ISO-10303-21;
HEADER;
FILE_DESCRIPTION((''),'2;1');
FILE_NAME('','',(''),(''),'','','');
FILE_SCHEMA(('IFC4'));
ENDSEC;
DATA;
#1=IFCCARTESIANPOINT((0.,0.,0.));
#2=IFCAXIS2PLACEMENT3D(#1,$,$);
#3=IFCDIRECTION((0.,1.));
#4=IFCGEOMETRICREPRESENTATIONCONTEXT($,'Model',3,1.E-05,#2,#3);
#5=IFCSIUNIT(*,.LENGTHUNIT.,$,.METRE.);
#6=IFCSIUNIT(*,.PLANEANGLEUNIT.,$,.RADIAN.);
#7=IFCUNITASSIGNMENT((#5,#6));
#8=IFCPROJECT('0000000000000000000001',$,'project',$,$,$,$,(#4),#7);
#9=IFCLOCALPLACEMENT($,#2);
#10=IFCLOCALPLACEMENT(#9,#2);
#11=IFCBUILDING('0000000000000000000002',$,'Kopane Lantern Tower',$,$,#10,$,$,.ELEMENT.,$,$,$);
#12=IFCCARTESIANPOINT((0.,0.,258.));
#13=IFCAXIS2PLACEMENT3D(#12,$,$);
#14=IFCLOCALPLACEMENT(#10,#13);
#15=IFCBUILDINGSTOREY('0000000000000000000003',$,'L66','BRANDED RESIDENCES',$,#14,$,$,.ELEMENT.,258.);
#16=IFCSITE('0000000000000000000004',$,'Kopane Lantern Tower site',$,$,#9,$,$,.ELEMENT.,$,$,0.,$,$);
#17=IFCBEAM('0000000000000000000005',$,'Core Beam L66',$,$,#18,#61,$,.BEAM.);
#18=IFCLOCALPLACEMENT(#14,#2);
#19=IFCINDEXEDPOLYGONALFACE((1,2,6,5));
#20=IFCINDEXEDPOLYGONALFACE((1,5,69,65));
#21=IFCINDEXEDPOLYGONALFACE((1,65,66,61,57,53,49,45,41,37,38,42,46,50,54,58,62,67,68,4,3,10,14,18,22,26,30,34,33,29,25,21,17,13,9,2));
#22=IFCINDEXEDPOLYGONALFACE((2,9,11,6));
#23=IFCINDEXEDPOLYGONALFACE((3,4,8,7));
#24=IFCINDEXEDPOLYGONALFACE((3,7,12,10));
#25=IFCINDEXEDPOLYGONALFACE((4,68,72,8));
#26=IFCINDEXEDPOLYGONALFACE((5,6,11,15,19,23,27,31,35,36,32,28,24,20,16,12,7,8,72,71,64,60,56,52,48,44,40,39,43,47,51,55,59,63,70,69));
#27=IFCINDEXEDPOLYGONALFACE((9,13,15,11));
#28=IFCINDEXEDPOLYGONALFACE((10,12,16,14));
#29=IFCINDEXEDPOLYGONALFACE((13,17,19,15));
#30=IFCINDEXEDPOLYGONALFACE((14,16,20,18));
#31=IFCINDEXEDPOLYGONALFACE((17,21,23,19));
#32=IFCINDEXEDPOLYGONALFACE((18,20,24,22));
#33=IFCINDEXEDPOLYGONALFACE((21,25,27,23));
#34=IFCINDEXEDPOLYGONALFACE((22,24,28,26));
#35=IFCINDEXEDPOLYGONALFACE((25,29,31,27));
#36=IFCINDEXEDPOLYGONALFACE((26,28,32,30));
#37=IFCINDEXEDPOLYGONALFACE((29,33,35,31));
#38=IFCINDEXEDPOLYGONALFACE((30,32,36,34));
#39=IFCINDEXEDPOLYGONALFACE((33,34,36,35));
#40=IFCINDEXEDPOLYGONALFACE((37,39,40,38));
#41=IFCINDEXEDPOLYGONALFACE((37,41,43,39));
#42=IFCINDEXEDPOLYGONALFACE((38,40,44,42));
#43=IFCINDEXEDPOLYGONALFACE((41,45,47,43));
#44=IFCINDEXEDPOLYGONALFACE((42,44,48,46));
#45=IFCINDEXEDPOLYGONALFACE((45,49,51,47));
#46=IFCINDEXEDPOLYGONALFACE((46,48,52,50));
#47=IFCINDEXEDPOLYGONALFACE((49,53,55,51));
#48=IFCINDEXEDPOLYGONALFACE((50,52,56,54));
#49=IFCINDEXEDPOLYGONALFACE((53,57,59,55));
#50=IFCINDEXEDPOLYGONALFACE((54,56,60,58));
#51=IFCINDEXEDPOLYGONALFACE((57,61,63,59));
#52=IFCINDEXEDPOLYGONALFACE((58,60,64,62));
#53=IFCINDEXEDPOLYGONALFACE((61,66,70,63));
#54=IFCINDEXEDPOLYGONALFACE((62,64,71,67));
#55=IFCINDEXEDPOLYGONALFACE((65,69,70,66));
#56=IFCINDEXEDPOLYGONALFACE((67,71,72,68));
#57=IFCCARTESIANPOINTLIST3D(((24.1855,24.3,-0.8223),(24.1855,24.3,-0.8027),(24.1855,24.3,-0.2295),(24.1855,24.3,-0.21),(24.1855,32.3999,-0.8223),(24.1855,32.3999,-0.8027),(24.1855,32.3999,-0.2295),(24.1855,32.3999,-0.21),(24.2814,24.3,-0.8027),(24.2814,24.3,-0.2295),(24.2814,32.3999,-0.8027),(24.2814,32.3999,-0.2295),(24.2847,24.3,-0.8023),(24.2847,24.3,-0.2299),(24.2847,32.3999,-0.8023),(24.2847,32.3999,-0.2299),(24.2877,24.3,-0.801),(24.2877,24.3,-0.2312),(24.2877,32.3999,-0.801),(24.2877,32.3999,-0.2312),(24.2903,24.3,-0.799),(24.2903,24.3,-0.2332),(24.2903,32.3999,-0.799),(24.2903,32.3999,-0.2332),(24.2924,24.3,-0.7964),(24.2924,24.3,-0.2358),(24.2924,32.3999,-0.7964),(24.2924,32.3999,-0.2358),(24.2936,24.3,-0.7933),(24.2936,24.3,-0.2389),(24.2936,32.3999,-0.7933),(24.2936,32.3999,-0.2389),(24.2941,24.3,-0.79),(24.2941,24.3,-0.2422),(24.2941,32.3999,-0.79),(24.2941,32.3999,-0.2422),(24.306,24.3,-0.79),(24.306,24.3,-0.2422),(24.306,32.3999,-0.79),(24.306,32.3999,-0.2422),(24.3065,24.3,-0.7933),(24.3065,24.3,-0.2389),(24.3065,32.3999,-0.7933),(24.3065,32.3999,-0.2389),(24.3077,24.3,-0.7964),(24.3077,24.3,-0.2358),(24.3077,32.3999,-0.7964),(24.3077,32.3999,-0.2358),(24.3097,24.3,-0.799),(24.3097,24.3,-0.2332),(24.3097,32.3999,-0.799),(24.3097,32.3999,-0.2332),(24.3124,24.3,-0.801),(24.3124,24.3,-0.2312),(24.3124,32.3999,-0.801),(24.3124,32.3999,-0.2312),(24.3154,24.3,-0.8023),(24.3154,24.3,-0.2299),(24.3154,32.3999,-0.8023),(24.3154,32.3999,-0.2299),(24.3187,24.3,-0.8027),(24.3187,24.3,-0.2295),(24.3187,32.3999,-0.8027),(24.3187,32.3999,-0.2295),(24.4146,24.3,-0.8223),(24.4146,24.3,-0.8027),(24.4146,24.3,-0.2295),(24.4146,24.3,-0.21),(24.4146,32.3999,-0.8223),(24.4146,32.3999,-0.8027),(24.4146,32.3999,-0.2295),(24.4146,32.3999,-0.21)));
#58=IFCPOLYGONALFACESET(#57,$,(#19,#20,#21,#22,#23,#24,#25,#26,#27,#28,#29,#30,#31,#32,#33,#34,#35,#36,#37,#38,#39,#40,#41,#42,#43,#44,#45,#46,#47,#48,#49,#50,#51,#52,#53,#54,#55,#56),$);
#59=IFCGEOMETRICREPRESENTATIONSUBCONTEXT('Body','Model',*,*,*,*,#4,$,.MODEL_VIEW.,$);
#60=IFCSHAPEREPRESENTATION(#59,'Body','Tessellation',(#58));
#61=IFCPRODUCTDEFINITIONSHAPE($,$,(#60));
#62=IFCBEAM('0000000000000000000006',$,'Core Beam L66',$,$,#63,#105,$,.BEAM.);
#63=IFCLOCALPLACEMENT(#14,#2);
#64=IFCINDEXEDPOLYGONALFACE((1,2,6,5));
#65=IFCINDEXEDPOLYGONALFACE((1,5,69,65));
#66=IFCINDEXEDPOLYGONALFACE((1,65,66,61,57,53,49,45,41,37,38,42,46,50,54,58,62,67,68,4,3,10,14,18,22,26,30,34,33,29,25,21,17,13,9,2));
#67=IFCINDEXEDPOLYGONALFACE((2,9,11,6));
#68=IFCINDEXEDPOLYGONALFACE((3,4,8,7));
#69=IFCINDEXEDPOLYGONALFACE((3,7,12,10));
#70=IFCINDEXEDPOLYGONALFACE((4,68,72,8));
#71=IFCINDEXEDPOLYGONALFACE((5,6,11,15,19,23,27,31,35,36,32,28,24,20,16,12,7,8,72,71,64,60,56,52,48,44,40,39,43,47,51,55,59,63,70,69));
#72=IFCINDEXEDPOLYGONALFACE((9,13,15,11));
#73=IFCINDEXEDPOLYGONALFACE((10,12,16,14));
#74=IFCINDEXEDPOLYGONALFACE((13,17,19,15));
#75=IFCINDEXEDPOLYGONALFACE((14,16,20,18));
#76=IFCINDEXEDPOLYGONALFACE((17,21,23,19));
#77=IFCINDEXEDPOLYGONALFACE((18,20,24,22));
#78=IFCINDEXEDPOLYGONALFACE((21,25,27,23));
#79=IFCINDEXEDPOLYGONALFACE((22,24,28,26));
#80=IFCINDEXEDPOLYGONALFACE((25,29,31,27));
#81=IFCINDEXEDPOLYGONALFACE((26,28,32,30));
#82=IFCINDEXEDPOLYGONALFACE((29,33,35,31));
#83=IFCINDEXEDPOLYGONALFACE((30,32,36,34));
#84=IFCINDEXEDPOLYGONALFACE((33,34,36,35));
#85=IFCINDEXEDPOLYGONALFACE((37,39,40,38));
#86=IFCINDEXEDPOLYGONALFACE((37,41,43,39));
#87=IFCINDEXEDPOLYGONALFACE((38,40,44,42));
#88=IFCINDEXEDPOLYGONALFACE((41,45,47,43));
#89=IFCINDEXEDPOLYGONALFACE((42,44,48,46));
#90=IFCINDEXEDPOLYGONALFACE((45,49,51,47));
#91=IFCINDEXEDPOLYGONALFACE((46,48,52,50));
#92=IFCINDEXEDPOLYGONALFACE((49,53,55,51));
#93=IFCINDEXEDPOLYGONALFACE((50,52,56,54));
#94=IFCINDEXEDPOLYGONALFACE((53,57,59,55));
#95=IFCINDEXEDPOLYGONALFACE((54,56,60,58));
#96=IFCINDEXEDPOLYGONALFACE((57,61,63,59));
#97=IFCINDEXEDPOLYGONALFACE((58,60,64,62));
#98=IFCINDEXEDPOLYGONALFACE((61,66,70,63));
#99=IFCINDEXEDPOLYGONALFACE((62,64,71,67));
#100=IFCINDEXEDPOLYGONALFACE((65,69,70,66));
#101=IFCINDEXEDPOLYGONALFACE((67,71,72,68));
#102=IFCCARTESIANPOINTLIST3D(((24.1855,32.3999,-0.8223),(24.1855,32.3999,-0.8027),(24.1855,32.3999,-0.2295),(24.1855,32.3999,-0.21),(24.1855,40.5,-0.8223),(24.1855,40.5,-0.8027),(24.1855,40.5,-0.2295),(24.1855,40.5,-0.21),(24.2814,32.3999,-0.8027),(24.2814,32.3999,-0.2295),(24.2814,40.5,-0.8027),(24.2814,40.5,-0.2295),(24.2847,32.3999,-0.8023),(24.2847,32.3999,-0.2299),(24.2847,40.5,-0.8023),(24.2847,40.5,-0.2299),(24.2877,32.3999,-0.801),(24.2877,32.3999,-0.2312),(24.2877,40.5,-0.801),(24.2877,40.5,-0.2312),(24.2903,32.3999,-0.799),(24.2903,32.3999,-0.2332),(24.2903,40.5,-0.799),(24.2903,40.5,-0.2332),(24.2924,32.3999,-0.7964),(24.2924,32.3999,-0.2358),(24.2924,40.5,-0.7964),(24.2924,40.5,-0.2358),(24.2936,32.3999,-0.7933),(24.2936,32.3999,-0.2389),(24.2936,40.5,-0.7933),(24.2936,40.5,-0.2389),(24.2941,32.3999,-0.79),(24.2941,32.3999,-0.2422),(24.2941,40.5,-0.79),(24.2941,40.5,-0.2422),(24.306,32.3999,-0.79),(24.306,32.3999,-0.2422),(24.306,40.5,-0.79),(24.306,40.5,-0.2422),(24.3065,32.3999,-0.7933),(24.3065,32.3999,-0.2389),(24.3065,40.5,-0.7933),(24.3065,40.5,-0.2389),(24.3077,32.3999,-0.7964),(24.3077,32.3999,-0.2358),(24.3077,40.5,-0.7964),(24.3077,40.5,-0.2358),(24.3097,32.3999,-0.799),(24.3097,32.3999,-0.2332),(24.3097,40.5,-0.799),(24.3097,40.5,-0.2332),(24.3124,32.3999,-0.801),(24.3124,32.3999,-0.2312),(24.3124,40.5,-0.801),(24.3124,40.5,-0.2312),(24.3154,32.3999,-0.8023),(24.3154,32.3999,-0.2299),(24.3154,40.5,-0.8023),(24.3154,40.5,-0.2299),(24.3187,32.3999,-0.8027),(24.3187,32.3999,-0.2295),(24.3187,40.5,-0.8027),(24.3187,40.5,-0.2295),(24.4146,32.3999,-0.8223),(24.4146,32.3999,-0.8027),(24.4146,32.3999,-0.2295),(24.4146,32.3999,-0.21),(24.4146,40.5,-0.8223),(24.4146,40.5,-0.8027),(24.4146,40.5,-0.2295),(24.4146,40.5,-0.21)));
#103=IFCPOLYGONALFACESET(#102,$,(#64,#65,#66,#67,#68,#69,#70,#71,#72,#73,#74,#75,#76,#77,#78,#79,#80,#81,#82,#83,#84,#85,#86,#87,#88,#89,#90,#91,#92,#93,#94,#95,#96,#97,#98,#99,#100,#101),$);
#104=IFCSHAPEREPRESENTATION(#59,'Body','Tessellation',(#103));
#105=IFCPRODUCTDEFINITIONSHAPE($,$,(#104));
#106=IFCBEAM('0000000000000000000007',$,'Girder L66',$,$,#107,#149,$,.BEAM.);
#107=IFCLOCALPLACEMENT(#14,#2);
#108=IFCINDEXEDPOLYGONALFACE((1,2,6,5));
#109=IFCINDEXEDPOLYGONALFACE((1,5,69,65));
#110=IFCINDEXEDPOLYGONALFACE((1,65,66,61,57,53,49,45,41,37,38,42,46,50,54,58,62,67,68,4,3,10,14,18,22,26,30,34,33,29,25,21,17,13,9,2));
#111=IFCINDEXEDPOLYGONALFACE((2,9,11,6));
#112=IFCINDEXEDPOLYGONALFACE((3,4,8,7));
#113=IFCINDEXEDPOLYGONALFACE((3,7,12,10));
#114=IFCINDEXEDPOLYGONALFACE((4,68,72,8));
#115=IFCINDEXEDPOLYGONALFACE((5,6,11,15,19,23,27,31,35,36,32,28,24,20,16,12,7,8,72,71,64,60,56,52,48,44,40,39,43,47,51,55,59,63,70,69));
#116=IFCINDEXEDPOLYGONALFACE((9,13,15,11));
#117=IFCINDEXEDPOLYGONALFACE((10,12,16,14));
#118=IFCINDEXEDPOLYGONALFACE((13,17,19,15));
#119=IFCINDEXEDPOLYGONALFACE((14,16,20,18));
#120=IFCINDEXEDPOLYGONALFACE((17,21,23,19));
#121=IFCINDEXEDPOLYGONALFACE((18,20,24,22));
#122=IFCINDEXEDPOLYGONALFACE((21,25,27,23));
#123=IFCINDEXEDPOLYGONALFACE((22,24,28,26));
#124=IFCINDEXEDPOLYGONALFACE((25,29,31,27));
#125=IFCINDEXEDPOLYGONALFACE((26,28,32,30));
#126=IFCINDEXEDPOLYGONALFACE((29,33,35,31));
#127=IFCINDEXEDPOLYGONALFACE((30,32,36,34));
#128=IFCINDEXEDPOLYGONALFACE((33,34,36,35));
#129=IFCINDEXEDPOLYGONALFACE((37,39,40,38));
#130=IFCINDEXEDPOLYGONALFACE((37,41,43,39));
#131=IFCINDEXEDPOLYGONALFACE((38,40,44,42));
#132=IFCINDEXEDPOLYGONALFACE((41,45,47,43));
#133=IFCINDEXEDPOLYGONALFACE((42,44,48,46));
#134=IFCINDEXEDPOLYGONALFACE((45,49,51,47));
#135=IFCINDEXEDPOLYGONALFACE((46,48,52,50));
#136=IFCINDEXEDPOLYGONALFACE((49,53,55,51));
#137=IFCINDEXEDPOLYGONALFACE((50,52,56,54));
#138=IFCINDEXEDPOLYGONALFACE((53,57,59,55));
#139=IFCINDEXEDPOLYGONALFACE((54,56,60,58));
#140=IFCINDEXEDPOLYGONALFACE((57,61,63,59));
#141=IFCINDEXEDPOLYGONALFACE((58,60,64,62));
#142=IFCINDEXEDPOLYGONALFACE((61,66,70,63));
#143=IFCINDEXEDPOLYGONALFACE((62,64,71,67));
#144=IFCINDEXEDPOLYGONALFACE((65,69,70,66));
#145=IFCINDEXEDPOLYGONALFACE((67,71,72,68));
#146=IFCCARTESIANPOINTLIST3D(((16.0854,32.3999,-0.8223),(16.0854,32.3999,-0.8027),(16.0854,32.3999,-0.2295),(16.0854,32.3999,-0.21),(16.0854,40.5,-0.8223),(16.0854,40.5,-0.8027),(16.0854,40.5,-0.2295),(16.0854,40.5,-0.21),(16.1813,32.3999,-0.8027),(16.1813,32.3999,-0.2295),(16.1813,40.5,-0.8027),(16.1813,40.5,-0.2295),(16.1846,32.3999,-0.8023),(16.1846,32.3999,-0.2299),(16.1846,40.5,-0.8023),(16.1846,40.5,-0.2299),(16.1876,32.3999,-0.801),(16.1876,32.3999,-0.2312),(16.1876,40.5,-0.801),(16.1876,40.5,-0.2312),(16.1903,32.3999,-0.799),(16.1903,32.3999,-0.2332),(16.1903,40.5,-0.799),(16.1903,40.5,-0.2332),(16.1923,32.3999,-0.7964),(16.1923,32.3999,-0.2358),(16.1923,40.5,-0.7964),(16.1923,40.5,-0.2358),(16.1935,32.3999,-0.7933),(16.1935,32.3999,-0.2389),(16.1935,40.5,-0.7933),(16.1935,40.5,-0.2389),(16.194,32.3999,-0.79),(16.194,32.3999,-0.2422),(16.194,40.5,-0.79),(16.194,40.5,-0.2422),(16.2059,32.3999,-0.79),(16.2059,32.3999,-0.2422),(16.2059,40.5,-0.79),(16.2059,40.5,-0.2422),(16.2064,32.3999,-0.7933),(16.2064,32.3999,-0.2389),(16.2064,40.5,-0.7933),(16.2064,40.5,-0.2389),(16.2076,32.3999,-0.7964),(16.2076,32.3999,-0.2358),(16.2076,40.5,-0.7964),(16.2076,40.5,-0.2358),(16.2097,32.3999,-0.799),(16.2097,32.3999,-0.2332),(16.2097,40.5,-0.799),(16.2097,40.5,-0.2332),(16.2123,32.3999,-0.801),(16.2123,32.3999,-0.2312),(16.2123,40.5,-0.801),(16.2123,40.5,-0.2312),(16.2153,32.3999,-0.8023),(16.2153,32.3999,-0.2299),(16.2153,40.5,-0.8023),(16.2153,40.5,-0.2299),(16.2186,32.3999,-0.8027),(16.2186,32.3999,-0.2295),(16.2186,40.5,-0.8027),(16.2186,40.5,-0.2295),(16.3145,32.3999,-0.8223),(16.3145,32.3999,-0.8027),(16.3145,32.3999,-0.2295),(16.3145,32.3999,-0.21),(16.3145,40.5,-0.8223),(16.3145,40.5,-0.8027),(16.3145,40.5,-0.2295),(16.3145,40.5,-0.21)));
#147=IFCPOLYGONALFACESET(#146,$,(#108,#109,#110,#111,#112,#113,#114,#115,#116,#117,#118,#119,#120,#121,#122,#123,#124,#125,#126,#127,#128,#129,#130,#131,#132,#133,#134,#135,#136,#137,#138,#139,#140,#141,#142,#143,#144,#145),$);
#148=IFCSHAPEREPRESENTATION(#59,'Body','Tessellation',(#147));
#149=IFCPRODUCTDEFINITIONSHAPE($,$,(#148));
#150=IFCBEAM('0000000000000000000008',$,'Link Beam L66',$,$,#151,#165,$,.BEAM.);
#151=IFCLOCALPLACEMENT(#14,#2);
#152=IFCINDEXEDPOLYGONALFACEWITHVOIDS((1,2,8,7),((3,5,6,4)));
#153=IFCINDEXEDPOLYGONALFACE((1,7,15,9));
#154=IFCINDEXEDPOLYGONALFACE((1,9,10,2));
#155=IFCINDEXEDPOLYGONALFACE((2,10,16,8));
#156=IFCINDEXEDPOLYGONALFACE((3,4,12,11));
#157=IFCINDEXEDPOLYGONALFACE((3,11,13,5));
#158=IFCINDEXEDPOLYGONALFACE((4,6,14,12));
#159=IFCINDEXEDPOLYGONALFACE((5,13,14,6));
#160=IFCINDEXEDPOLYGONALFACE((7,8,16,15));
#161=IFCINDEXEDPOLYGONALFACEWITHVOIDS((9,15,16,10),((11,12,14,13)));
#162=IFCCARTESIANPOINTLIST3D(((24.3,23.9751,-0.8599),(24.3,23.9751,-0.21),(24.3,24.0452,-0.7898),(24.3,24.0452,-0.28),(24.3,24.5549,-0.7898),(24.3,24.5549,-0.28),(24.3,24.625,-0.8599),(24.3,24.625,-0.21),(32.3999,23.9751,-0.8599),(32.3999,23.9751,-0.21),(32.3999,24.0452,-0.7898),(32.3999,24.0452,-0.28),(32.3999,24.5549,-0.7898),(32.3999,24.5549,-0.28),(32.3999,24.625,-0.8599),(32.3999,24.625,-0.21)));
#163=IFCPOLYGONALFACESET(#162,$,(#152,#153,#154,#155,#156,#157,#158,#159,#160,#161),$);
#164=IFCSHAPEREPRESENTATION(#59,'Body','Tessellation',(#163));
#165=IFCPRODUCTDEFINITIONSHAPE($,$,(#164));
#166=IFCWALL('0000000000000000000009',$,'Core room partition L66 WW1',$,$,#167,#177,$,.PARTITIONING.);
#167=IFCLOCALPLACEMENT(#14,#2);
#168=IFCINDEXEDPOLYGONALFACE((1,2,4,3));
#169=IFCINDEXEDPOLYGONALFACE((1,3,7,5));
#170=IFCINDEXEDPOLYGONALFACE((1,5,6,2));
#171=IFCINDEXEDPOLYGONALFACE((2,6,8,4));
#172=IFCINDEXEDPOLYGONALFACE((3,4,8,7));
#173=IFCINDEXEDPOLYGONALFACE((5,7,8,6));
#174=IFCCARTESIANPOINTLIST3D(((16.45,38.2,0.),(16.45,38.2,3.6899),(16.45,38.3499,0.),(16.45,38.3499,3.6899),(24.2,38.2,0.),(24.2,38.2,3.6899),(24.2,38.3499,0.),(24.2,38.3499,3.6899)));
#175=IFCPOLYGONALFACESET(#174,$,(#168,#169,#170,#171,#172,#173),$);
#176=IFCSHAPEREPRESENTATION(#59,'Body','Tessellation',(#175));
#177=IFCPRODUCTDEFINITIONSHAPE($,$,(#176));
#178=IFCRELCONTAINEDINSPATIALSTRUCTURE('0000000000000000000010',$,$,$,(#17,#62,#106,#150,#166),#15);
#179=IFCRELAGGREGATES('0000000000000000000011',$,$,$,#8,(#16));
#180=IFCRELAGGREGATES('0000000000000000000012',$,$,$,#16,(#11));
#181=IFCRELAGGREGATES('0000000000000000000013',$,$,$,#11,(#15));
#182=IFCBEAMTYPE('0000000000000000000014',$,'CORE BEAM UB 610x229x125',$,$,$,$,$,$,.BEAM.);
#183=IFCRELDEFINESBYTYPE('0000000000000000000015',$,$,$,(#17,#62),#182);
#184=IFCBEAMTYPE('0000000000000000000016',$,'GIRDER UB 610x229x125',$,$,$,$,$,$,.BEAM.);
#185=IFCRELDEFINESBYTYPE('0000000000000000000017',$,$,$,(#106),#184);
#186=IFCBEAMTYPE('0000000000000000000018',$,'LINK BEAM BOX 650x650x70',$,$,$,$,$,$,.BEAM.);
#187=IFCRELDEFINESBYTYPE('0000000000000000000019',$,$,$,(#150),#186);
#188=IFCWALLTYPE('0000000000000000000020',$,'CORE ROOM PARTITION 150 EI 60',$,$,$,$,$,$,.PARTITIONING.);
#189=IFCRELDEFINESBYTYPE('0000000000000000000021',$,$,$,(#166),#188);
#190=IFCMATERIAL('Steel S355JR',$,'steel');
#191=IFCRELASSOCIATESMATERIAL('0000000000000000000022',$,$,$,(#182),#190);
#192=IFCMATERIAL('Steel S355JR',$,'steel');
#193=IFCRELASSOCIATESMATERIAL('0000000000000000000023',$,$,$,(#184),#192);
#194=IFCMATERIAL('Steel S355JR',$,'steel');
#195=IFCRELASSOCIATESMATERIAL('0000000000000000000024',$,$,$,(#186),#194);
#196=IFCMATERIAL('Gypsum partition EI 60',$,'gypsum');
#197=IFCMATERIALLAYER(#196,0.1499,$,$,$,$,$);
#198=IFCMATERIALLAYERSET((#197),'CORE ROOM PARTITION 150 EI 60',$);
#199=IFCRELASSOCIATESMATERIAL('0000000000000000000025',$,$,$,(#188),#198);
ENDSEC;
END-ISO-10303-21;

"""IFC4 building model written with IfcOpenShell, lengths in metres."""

from ifc_helpers import new_model, si_unit, direction, frame, frame_2d, origin, origin_2d, place, context, subcontext, project, spatial, rectangle, hollow_rectangle, i_section, extrude, material, layer, layer_set, material_profile, profile_set, type_object, element, save


model = new_model("IFC4")

# Units and contexts
model_context = context("Model", 3, precision=1e-05, world=origin(), true_north=direction((0.0, 1.0)))
body_context = subcontext(model_context, "Body", "Model", "MODEL_VIEW")
ifc_project = project(units=[si_unit("LENGTHUNIT", "METRE"), si_unit("PLANEANGLEUNIT", "RADIAN")], contexts=[model_context])

# Site, building, storey
site_placement = place(None, origin())
site = spatial("IfcSite", under=ifc_project, at=site_placement, Name="Kopane Lantern Tower site", CompositionType="ELEMENT", RefElevation=0.0)
building_placement = place(site_placement, origin())
building = spatial("IfcBuilding", under=site, at=building_placement, Name="Kopane Lantern Tower", CompositionType="ELEMENT")
storey_placement = place(building_placement, frame((0.0, 0.0, 258.0)))
storey = spatial("IfcBuildingStorey", under=building, at=storey_placement, Name="L66", Description="BRANDED RESIDENCES", CompositionType="ELEMENT", Elevation=258.0)

# Beams
ifc_material_1 = material(Name="Steel S355JR", Category="steel")
ifc_material_profile_1 = material_profile(ifc_material_1, i_section(OverallWidth=0.229, OverallDepth=0.6123, WebThickness=0.012, FlangeThickness=0.0195, FilletRadius=0.0127, at=origin_2d()), Name="UB 610x229x125")
ifc_profile_set_1 = profile_set([ifc_material_profile_1], Name="Steel S355JR")
beam_type_1 = type_object("IfcBeamType", Name="CORE BEAM UB 610x229x125", PredefinedType="BEAM", material=ifc_profile_set_1)
beam_1_placement = place(storey_placement, frame((24.3, 24.3, -0.5161), z_axis=(0.0, 1.0, 0.0), x_axis=(-1.0, 0.0, 0.0)))
element("IfcBeam", 1, at=beam_1_placement, inside=storey, type_object=beam_type_1, Name="Core Beam L66", PredefinedType="BEAM", context=body_context, shape_type="SweptSolid", body=[
    extrude(i_section(OverallWidth=0.229, OverallDepth=0.6123, WebThickness=0.012, FlangeThickness=0.0195, FilletRadius=0.0127, at=origin_2d()), origin(), (0.0, 0.0, 1.0), 8.0999),
])
beam_2_placement = place(storey_placement, frame((24.3, 32.3999, -0.5161), z_axis=(0.0, 1.0, 0.0), x_axis=(-1.0, 0.0, 0.0)))
element("IfcBeam", 2, at=beam_2_placement, inside=storey, type_object=beam_type_1, Name="Core Beam L66", PredefinedType="BEAM", context=body_context, shape_type="SweptSolid", body=[
    extrude(i_section(OverallWidth=0.229, OverallDepth=0.6123, WebThickness=0.012, FlangeThickness=0.0195, FilletRadius=0.0127, at=origin_2d()), origin(), (0.0, 0.0, 1.0), 8.1001),
])
ifc_material_2 = material(Name="Steel S355JR", Category="steel")
ifc_material_profile_2 = material_profile(ifc_material_2, i_section(OverallWidth=0.229, OverallDepth=0.6123, WebThickness=0.012, FlangeThickness=0.0195, FilletRadius=0.0127, at=origin_2d()), Name="UB 610x229x125")
ifc_profile_set_2 = profile_set([ifc_material_profile_2], Name="Steel S355JR")
beam_type_2 = type_object("IfcBeamType", Name="GIRDER UB 610x229x125", PredefinedType="BEAM", material=ifc_profile_set_2)
beam_3_placement = place(storey_placement, frame((16.2, 32.3999, -0.5161), z_axis=(0.0, 1.0, 0.0), x_axis=(-1.0, 0.0, 0.0)))
element("IfcBeam", 3, at=beam_3_placement, inside=storey, type_object=beam_type_2, Name="Girder L66", PredefinedType="BEAM", context=body_context, shape_type="SweptSolid", body=[
    extrude(i_section(OverallWidth=0.229, OverallDepth=0.6123, WebThickness=0.012, FlangeThickness=0.0195, FilletRadius=0.0127, at=origin_2d()), origin(), (0.0, 0.0, 1.0), 8.1001),
])
ifc_material_3 = material(Name="Steel S355JR", Category="steel")
ifc_material_profile_3 = material_profile(ifc_material_3, hollow_rectangle(XDim=0.6499, YDim=0.6499, WallThickness=0.0701, at=origin_2d()), Name="BOX 650x650x70")
ifc_profile_set_3 = profile_set([ifc_material_profile_3], Name="Steel S355JR")
beam_type_3 = type_object("IfcBeamType", Name="LINK BEAM BOX 650x650x70", PredefinedType="BEAM", material=ifc_profile_set_3)
beam_4_placement = place(storey_placement, frame((24.3, 24.3, -0.5349), z_axis=(1.0, 0.0, 0.0), x_axis=(0.0, 1.0, 0.0)))
element("IfcBeam", 4, at=beam_4_placement, inside=storey, type_object=beam_type_3, Name="Link Beam L66", PredefinedType="BEAM", context=body_context, shape_type="SweptSolid", body=[
    extrude(hollow_rectangle(XDim=0.6499, YDim=0.6499, WallThickness=0.0701, at=origin_2d()), origin(), (0.0, 0.0, 1.0), 8.0999),
])

# Wall
ifc_material_4 = material(Name="Gypsum partition EI 60", Category="gypsum")
ifc_layer_1 = layer(ifc_material_4, 0.1499)
ifc_layer_set_1 = layer_set([ifc_layer_1], Name="CORE ROOM PARTITION 150 EI 60")
wall_type_1 = type_object("IfcWallType", Name="CORE ROOM PARTITION 150 EI 60", PredefinedType="PARTITIONING", material=ifc_layer_set_1)
wall_1_placement = place(storey_placement, frame((16.45, 38.2749, 0.0), z_axis=(0.0, 0.0, 1.0), x_axis=(1.0, 0.0, 0.0)))
element("IfcWall", 5, at=wall_1_placement, inside=storey, type_object=wall_type_1, Name="Core room partition L66 WW1", PredefinedType="PARTITIONING", context=body_context, shape_type="SweptSolid", body=[
    extrude(rectangle(XDim=7.75, YDim=0.1499, at=frame_2d((3.875, 0.0))), origin(), (0.0, 0.0, 1.0), 3.6899),
])

save(model, "model.ifc")
